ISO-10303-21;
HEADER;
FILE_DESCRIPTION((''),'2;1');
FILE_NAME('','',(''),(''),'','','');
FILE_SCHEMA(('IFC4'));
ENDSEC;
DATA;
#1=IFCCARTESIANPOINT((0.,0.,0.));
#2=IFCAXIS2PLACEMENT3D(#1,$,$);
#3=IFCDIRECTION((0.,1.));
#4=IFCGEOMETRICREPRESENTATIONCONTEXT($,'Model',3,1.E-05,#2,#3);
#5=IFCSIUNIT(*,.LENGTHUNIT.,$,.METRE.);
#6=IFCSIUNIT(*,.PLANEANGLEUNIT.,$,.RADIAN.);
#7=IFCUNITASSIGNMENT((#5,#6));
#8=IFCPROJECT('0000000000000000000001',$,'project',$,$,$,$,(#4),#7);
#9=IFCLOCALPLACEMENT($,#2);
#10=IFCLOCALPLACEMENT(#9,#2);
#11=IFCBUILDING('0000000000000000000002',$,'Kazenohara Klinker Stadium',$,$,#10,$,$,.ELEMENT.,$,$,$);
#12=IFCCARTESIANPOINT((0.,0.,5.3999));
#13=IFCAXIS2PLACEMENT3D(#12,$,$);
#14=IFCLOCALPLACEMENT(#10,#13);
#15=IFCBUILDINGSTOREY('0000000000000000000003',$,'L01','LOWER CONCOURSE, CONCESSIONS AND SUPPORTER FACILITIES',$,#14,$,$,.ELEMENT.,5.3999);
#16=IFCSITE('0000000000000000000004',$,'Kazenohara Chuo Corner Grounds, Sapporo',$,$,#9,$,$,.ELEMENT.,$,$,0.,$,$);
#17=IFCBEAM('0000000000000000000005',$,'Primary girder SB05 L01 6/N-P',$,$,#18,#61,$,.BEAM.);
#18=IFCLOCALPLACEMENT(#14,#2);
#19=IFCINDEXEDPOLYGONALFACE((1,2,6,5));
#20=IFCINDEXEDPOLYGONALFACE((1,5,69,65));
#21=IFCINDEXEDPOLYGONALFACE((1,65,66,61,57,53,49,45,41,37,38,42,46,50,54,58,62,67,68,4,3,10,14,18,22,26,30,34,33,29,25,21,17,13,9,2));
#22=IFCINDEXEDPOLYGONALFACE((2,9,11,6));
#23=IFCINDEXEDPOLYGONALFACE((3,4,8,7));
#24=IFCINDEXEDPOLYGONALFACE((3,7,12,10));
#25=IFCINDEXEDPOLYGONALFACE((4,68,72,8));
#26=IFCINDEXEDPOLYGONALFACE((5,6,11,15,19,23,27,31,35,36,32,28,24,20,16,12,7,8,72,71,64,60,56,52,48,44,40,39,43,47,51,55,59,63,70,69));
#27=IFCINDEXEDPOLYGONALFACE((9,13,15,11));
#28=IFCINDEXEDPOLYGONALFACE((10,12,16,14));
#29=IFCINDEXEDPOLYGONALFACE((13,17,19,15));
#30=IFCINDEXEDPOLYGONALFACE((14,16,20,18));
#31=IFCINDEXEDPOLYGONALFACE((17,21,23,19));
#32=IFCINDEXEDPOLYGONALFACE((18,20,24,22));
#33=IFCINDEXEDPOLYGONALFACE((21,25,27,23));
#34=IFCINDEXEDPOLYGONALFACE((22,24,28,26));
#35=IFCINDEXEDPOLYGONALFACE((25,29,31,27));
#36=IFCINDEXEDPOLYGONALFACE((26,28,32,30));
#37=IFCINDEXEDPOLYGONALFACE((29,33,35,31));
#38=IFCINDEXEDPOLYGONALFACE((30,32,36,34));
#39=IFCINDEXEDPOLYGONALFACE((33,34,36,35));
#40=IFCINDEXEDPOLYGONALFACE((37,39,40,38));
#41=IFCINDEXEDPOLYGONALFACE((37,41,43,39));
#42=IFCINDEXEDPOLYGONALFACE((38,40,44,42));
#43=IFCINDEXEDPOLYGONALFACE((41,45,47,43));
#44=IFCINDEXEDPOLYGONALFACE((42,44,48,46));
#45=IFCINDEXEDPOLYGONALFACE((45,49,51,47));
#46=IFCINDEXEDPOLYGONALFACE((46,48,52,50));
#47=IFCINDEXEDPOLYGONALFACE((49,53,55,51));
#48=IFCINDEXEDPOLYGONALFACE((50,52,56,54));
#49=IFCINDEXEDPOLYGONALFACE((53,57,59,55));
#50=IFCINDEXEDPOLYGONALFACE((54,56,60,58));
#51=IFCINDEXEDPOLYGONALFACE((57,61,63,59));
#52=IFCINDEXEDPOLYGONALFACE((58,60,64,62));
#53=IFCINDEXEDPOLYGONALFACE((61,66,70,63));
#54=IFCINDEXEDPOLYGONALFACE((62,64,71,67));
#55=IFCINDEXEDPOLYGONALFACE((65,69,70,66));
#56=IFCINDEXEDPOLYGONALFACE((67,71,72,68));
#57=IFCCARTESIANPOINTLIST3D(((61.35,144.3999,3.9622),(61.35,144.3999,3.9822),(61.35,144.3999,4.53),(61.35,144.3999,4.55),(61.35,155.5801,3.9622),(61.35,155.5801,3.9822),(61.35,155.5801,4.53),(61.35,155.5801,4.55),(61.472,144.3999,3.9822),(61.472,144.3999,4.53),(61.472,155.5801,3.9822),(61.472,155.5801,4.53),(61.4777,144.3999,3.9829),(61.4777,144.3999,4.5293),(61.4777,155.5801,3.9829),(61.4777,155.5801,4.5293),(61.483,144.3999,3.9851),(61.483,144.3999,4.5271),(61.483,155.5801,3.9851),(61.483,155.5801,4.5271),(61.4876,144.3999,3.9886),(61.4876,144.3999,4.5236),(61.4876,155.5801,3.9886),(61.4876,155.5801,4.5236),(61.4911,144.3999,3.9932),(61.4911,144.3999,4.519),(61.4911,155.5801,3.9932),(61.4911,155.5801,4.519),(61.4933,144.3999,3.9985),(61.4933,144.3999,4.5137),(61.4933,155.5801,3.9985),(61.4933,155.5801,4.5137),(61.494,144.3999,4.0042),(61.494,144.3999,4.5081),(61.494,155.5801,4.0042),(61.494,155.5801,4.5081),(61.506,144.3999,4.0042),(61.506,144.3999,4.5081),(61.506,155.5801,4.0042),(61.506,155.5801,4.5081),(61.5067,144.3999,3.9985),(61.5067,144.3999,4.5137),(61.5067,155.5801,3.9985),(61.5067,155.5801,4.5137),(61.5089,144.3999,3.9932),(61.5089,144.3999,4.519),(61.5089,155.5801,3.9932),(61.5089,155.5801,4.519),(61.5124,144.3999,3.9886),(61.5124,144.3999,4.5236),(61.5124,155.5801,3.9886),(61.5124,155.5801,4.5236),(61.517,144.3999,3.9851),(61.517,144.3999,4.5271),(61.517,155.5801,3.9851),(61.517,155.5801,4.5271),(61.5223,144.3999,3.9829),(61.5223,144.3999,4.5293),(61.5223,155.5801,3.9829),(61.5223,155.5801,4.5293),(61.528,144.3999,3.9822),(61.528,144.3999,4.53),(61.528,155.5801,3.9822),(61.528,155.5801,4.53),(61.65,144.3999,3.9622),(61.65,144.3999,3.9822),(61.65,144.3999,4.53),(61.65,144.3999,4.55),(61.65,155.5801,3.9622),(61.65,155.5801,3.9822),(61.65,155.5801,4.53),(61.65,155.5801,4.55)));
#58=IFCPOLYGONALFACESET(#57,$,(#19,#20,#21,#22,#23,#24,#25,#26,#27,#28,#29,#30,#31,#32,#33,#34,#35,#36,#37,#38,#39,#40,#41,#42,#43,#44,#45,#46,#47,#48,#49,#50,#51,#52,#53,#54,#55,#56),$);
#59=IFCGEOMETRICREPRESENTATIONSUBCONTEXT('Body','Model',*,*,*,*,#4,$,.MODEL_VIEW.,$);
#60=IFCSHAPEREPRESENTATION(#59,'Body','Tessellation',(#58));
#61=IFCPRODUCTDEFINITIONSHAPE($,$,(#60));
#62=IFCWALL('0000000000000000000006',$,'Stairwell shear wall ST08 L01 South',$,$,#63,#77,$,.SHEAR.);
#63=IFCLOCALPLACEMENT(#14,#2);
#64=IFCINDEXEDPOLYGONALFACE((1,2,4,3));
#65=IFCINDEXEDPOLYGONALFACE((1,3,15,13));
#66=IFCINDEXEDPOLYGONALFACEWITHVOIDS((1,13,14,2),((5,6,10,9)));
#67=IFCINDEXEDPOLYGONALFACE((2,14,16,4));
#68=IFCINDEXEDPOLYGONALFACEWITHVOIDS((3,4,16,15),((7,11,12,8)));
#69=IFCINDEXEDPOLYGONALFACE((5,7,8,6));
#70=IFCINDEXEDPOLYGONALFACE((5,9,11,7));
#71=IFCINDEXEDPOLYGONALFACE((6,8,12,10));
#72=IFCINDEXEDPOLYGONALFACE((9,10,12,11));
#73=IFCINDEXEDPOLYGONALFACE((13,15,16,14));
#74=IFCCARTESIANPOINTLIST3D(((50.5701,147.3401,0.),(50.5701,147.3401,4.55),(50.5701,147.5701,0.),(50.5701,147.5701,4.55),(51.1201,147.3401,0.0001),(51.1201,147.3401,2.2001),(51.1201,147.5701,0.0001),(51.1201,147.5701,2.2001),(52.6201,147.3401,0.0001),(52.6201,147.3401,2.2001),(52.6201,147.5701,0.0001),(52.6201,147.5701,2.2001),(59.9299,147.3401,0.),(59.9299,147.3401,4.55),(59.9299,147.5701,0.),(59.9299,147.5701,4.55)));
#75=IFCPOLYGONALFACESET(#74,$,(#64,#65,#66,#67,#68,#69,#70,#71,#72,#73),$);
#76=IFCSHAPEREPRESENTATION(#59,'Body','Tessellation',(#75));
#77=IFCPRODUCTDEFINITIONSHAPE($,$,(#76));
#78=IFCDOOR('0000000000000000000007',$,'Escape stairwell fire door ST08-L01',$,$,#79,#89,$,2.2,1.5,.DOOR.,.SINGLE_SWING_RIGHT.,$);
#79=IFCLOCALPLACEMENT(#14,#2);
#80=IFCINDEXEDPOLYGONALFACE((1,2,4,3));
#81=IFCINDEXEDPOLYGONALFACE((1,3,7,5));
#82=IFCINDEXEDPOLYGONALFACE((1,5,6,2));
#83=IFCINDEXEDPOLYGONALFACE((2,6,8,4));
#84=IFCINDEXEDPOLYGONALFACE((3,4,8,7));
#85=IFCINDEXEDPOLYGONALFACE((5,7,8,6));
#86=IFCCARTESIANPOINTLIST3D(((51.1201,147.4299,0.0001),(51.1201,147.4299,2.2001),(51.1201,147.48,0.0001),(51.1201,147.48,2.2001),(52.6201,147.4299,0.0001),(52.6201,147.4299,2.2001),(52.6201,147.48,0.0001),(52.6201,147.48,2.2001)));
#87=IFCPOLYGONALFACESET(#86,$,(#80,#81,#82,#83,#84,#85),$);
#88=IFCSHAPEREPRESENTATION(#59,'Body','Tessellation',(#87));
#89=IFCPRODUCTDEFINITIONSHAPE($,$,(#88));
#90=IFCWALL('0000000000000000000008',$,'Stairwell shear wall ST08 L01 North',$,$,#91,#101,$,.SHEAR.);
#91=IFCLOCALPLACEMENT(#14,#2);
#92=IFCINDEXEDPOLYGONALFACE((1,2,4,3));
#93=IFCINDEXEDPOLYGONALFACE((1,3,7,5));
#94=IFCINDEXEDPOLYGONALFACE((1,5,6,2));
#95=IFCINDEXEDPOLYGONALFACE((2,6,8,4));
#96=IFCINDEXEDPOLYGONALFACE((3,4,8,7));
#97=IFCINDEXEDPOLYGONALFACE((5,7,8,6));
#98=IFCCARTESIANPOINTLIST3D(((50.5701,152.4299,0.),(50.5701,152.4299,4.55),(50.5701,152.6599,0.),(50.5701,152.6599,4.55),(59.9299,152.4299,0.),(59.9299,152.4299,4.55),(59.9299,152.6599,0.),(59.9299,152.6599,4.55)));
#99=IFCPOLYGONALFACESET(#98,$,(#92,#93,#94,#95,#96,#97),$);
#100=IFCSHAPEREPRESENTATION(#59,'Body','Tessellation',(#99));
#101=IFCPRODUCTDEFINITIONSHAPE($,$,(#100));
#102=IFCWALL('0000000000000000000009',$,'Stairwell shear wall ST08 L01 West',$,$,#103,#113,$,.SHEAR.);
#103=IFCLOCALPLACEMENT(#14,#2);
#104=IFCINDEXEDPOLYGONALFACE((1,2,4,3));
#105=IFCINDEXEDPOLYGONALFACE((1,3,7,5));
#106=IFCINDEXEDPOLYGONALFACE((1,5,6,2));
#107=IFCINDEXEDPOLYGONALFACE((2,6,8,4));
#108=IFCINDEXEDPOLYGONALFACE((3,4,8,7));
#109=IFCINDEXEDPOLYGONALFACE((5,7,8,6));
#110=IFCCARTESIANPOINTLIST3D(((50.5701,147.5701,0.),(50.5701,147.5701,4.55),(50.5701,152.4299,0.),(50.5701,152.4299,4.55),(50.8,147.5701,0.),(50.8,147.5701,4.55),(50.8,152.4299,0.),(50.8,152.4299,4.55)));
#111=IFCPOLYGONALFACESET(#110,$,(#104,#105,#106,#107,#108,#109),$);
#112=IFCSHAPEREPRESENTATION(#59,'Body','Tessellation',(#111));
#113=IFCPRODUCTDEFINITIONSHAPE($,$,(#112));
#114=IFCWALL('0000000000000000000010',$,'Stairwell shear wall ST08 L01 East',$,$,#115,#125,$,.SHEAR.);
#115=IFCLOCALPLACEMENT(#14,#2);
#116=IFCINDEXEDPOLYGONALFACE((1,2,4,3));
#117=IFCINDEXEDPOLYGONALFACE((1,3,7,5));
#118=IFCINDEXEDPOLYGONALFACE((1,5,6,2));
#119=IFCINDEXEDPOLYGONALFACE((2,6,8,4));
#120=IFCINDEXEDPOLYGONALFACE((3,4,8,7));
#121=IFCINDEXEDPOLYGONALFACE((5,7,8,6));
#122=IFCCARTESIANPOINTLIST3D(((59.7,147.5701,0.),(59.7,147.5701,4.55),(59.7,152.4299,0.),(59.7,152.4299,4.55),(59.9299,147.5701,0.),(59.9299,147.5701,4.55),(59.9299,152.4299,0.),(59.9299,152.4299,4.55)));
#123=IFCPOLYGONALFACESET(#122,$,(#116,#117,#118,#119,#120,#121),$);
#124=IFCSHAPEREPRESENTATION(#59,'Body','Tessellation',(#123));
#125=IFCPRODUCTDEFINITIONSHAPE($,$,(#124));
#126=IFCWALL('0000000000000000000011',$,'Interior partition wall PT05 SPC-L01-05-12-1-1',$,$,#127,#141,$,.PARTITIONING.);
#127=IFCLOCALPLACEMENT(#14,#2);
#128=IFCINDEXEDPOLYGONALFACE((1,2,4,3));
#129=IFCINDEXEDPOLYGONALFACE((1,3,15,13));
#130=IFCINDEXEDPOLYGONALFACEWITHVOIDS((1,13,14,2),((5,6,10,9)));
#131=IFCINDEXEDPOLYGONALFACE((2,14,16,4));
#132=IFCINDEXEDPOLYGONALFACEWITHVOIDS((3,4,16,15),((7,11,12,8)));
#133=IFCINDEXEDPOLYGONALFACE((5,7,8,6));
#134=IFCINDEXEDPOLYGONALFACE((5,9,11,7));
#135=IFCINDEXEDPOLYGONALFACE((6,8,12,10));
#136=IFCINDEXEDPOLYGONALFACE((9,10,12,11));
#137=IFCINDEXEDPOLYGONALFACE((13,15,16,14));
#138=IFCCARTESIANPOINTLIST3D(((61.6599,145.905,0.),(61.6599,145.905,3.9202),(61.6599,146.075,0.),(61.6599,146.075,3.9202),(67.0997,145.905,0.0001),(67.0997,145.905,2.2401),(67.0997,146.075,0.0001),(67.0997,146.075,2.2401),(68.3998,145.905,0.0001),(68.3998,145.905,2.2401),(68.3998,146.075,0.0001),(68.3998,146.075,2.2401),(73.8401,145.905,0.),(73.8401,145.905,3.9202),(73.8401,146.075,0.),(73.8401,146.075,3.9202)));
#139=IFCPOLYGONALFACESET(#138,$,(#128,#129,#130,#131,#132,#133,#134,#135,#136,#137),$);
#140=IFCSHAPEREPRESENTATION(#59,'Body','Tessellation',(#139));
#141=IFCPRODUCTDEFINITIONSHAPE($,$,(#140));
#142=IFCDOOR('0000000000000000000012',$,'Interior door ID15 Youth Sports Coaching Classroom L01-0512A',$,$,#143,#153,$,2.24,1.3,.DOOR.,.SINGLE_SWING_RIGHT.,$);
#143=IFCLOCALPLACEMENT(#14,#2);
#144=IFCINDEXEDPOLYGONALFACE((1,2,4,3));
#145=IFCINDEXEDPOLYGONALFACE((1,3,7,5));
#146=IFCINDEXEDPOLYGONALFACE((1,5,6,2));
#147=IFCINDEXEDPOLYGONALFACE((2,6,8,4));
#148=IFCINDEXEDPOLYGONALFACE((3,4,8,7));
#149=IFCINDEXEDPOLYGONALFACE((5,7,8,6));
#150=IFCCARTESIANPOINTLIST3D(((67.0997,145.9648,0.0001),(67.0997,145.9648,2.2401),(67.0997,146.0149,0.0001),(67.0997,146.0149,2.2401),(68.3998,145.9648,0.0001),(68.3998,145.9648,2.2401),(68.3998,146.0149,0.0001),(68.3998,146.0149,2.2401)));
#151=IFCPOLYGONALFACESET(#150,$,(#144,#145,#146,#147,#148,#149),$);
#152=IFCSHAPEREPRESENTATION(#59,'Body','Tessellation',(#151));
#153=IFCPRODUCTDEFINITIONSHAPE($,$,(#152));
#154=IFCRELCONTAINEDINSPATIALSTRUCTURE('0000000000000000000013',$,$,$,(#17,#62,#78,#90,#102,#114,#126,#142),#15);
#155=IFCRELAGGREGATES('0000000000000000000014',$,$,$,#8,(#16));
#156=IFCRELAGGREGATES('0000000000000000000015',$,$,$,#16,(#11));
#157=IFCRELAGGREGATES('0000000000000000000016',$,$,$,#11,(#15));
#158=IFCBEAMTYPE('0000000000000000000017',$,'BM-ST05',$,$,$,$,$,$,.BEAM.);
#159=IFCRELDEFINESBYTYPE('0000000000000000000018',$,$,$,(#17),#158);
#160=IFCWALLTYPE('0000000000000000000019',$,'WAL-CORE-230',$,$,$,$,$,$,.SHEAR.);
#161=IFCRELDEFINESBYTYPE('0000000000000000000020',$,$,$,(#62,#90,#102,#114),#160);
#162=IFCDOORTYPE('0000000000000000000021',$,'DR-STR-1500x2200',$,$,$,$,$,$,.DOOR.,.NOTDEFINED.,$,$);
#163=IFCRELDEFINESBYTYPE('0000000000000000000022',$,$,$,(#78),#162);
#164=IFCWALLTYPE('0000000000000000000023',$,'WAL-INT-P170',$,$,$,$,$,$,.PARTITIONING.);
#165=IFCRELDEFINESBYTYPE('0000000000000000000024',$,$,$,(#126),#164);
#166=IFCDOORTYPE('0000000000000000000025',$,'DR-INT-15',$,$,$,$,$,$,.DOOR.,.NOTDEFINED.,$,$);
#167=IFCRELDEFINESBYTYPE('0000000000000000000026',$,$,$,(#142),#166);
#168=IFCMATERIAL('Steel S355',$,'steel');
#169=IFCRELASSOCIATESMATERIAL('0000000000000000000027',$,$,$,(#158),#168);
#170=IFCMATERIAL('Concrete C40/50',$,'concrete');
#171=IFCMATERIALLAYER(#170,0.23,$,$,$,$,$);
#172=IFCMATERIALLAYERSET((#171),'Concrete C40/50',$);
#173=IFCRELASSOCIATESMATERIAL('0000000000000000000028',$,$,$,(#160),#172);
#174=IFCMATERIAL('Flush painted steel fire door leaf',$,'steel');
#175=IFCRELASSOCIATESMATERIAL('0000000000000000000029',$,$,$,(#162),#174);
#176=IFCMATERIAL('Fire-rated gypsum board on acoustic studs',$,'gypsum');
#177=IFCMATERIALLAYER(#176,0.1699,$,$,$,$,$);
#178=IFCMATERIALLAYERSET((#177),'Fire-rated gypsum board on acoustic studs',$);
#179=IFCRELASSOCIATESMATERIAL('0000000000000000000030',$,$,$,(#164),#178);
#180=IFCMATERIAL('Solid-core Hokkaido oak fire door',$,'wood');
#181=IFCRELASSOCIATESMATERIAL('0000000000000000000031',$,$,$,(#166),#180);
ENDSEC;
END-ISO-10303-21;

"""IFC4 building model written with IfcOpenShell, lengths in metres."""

from ifc_helpers import new_model, si_unit, direction, frame, frame_2d, origin, origin_2d, place, context, subcontext, project, spatial, rectangle, i_section, extrude, material, layer, layer_set, material_profile, profile_set, type_object, element, fill, save


model = new_model("IFC4")

# Units and contexts
model_context = context("Model", 3, precision=1e-05, world=origin(), true_north=direction((0.0, 1.0)))
body_context = subcontext(model_context, "Body", "Model", "MODEL_VIEW")
ifc_project = project(units=[si_unit("LENGTHUNIT", "METRE"), si_unit("PLANEANGLEUNIT", "RADIAN")], contexts=[model_context])

# Site, building, storey
site_placement = place(None, origin())
site = spatial("IfcSite", under=ifc_project, at=site_placement, Name="Kazenohara Chuo Corner Grounds, Sapporo", CompositionType="ELEMENT", RefElevation=0.0)
building_placement = place(site_placement, origin())
building = spatial("IfcBuilding", under=site, at=building_placement, Name="Kazenohara Klinker Stadium", CompositionType="ELEMENT")
storey_placement = place(building_placement, frame((0.0, 0.0, 5.3999)))
storey = spatial("IfcBuildingStorey", under=building, at=storey_placement, Name="L01", Description="LOWER CONCOURSE, CONCESSIONS AND SUPPORTER FACILITIES", CompositionType="ELEMENT", Elevation=5.3999)

# Shared definitions
ifc_material_1 = material(Name="Concrete C40/50", Category="concrete")

# Beam
ifc_material_2 = material(Name="Steel S355", Category="steel")
ifc_material_profile_1 = material_profile(ifc_material_2, i_section(OverallWidth=0.3, OverallDepth=0.5879, WebThickness=0.012, FlangeThickness=0.02, FilletRadius=0.022, at=origin_2d()), Name="H-588x300x12x20")
ifc_profile_set_1 = profile_set([ifc_material_profile_1], Name="Steel S355")
beam_type_1 = type_object("IfcBeamType", Name="BM-ST05", PredefinedType="BEAM", material=ifc_profile_set_1)
beam_1_placement = place(storey_placement, frame((61.5, 144.3999, 4.2561), z_axis=(0.0, 1.0, 0.0), x_axis=(-1.0, 0.0, 0.0)))
element("IfcBeam", 1, at=beam_1_placement, inside=storey, type_object=beam_type_1, Name="Primary girder SB05 L01 6/N-P", PredefinedType="BEAM", context=body_context, shape_type="SweptSolid", body=[
    extrude(i_section(OverallWidth=0.3, OverallDepth=0.5879, WebThickness=0.012, FlangeThickness=0.02, FilletRadius=0.022, at=origin_2d()), origin(), (0.0, 0.0, 1.0), 11.1802),
])

# Wall, opening, door
ifc_layer_1 = layer(ifc_material_1, 0.23)
ifc_layer_set_1 = layer_set([ifc_layer_1], Name="Concrete C40/50")
wall_type_1 = type_object("IfcWallType", Name="WAL-CORE-230", PredefinedType="SHEAR", material=ifc_layer_set_1)
wall_1_placement = place(storey_placement, frame((50.5701, 147.4551, 0.0), z_axis=(0.0, 0.0, 1.0), x_axis=(1.0, 0.0, 0.0)))
wall_1 = element("IfcWall", 2, at=wall_1_placement, inside=storey, type_object=wall_type_1, Name="Stairwell shear wall ST08 L01 South", PredefinedType="SHEAR", context=body_context, shape_type="SweptSolid", body=[
    extrude(rectangle(XDim=9.3599, YDim=0.23, at=frame_2d((4.6799, 0.0))), origin(), (0.0, 0.0, 1.0), 4.55),
])
opening_1_placement = place(wall_1_placement, frame((0.55, 0.0, 0.0)))
opening_1 = element("IfcOpeningElement", 3, at=opening_1_placement, cuts=wall_1, PredefinedType="OPENING", context=body_context, shape_type="SweptSolid", body=[
    extrude(rectangle(XDim=1.5, YDim=2.2, at=frame_2d((0.75, 1.1001))), frame((0.0, 0.125, 0.0), z_axis=(0.0, -1.0, 0.0), x_axis=(1.0, 0.0, 0.0)), (0.0, 0.0, 1.0), 0.25),
])
ifc_material_3 = material(Name="Flush painted steel fire door leaf", Category="steel")
door_type_1 = type_object("IfcDoorType", Name="DR-STR-1500x2200", OperationType="NOTDEFINED", PredefinedType="DOOR", material=ifc_material_3)
door_1_placement = place(opening_1_placement, origin())
door_1 = element("IfcDoor", 4, at=door_1_placement, inside=storey, type_object=door_type_1, Name="Escape stairwell fire door ST08-L01", OperationType="SINGLE_SWING_RIGHT", OverallHeight=2.2, OverallWidth=1.5, PredefinedType="DOOR", context=body_context, shape_type="SweptSolid", body=[
    extrude(rectangle(XDim=1.5, YDim=2.2, at=frame_2d((0.75, 1.1001))), frame((0.0, 0.0249, 0.0), z_axis=(0.0, -1.0, 0.0), x_axis=(1.0, 0.0, 0.0)), (0.0, 0.0, 1.0), 0.05),
])
fill(opening_1, door_1)

# Walls
wall_2_placement = place(storey_placement, frame((50.5701, 152.5449, 0.0), z_axis=(0.0, 0.0, 1.0), x_axis=(1.0, 0.0, 0.0)))
element("IfcWall", 5, at=wall_2_placement, inside=storey, type_object=wall_type_1, Name="Stairwell shear wall ST08 L01 North", PredefinedType="SHEAR", context=body_context, shape_type="SweptSolid", body=[
    extrude(rectangle(XDim=9.3599, YDim=0.23, at=frame_2d((4.6799, 0.0))), origin(), (0.0, 0.0, 1.0), 4.55),
])
for number, where, z_axis, x_axis, name in (
    (6, (50.6851, 147.5701, 0.0), (0.0, 0.0, 1.0), (0.0, 1.0, 0.0), "Stairwell shear wall ST08 L01 West"),
    (7, (59.8149, 147.5701, 0.0), (0.0, 0.0, 1.0), (0.0, 1.0, 0.0), "Stairwell shear wall ST08 L01 East"),
):
    element("IfcWall", number, at=place(storey_placement, frame(where, z_axis=z_axis, x_axis=x_axis)), inside=storey, type_object=wall_type_1, Name=name, PredefinedType="SHEAR", context=body_context, shape_type="SweptSolid", body=[
        extrude(rectangle(XDim=4.8599, YDim=0.23, at=frame_2d((2.4299, 0.0))), origin(), (0.0, 0.0, 1.0), 4.55),
    ])

# Wall, opening, door
ifc_material_4 = material(Name="Fire-rated gypsum board on acoustic studs", Category="gypsum")
ifc_layer_2 = layer(ifc_material_4, 0.1699)
ifc_layer_set_2 = layer_set([ifc_layer_2], Name="Fire-rated gypsum board on acoustic studs")
wall_type_2 = type_object("IfcWallType", Name="WAL-INT-P170", PredefinedType="PARTITIONING", material=ifc_layer_set_2)
wall_3_placement = place(storey_placement, frame((61.6599, 145.99, 0.0), z_axis=(0.0, 0.0, 1.0), x_axis=(1.0, 0.0, 0.0)))
wall_3 = element("IfcWall", 8, at=wall_3_placement, inside=storey, type_object=wall_type_2, Name="Interior partition wall PT05 SPC-L01-05-12-1-1", PredefinedType="PARTITIONING", context=body_context, shape_type="SweptSolid", body=[
    extrude(rectangle(XDim=12.1802, YDim=0.1699, at=frame_2d((6.0901, 0.0))), origin(), (0.0, 0.0, 1.0), 3.9202),
])
opening_2_placement = place(wall_3_placement, frame((5.4399, 0.0, 0.0)))
opening_2 = element("IfcOpeningElement", 9, at=opening_2_placement, cuts=wall_3, PredefinedType="OPENING", context=body_context, shape_type="SweptSolid", body=[
    extrude(rectangle(XDim=1.3, YDim=2.24, at=frame_2d((0.6499, 1.1201))), frame((0.0, 0.095, 0.0), z_axis=(0.0, -1.0, 0.0), x_axis=(1.0, 0.0, 0.0)), (0.0, 0.0, 1.0), 0.1899),
])
ifc_material_5 = material(Name="Solid-core Hokkaido oak fire door", Category="wood")
door_type_2 = type_object("IfcDoorType", Name="DR-INT-15", OperationType="NOTDEFINED", PredefinedType="DOOR", material=ifc_material_5)
door_2_placement = place(opening_2_placement, origin())
door_2 = element("IfcDoor", 10, at=door_2_placement, inside=storey, type_object=door_type_2, Name="Interior door ID15 Youth Sports Coaching Classroom L01-0512A", OperationType="SINGLE_SWING_RIGHT", OverallHeight=2.24, OverallWidth=1.3, PredefinedType="DOOR", context=body_context, shape_type="SweptSolid", body=[
    extrude(rectangle(XDim=1.3, YDim=2.24, at=frame_2d((0.6499, 1.1201))), frame((0.0, 0.0249, 0.0), z_axis=(0.0, -1.0, 0.0), x_axis=(1.0, 0.0, 0.0)), (0.0, 0.0, 1.0), 0.05),
])
fill(opening_2, door_2)

save(model, "model.ifc")
